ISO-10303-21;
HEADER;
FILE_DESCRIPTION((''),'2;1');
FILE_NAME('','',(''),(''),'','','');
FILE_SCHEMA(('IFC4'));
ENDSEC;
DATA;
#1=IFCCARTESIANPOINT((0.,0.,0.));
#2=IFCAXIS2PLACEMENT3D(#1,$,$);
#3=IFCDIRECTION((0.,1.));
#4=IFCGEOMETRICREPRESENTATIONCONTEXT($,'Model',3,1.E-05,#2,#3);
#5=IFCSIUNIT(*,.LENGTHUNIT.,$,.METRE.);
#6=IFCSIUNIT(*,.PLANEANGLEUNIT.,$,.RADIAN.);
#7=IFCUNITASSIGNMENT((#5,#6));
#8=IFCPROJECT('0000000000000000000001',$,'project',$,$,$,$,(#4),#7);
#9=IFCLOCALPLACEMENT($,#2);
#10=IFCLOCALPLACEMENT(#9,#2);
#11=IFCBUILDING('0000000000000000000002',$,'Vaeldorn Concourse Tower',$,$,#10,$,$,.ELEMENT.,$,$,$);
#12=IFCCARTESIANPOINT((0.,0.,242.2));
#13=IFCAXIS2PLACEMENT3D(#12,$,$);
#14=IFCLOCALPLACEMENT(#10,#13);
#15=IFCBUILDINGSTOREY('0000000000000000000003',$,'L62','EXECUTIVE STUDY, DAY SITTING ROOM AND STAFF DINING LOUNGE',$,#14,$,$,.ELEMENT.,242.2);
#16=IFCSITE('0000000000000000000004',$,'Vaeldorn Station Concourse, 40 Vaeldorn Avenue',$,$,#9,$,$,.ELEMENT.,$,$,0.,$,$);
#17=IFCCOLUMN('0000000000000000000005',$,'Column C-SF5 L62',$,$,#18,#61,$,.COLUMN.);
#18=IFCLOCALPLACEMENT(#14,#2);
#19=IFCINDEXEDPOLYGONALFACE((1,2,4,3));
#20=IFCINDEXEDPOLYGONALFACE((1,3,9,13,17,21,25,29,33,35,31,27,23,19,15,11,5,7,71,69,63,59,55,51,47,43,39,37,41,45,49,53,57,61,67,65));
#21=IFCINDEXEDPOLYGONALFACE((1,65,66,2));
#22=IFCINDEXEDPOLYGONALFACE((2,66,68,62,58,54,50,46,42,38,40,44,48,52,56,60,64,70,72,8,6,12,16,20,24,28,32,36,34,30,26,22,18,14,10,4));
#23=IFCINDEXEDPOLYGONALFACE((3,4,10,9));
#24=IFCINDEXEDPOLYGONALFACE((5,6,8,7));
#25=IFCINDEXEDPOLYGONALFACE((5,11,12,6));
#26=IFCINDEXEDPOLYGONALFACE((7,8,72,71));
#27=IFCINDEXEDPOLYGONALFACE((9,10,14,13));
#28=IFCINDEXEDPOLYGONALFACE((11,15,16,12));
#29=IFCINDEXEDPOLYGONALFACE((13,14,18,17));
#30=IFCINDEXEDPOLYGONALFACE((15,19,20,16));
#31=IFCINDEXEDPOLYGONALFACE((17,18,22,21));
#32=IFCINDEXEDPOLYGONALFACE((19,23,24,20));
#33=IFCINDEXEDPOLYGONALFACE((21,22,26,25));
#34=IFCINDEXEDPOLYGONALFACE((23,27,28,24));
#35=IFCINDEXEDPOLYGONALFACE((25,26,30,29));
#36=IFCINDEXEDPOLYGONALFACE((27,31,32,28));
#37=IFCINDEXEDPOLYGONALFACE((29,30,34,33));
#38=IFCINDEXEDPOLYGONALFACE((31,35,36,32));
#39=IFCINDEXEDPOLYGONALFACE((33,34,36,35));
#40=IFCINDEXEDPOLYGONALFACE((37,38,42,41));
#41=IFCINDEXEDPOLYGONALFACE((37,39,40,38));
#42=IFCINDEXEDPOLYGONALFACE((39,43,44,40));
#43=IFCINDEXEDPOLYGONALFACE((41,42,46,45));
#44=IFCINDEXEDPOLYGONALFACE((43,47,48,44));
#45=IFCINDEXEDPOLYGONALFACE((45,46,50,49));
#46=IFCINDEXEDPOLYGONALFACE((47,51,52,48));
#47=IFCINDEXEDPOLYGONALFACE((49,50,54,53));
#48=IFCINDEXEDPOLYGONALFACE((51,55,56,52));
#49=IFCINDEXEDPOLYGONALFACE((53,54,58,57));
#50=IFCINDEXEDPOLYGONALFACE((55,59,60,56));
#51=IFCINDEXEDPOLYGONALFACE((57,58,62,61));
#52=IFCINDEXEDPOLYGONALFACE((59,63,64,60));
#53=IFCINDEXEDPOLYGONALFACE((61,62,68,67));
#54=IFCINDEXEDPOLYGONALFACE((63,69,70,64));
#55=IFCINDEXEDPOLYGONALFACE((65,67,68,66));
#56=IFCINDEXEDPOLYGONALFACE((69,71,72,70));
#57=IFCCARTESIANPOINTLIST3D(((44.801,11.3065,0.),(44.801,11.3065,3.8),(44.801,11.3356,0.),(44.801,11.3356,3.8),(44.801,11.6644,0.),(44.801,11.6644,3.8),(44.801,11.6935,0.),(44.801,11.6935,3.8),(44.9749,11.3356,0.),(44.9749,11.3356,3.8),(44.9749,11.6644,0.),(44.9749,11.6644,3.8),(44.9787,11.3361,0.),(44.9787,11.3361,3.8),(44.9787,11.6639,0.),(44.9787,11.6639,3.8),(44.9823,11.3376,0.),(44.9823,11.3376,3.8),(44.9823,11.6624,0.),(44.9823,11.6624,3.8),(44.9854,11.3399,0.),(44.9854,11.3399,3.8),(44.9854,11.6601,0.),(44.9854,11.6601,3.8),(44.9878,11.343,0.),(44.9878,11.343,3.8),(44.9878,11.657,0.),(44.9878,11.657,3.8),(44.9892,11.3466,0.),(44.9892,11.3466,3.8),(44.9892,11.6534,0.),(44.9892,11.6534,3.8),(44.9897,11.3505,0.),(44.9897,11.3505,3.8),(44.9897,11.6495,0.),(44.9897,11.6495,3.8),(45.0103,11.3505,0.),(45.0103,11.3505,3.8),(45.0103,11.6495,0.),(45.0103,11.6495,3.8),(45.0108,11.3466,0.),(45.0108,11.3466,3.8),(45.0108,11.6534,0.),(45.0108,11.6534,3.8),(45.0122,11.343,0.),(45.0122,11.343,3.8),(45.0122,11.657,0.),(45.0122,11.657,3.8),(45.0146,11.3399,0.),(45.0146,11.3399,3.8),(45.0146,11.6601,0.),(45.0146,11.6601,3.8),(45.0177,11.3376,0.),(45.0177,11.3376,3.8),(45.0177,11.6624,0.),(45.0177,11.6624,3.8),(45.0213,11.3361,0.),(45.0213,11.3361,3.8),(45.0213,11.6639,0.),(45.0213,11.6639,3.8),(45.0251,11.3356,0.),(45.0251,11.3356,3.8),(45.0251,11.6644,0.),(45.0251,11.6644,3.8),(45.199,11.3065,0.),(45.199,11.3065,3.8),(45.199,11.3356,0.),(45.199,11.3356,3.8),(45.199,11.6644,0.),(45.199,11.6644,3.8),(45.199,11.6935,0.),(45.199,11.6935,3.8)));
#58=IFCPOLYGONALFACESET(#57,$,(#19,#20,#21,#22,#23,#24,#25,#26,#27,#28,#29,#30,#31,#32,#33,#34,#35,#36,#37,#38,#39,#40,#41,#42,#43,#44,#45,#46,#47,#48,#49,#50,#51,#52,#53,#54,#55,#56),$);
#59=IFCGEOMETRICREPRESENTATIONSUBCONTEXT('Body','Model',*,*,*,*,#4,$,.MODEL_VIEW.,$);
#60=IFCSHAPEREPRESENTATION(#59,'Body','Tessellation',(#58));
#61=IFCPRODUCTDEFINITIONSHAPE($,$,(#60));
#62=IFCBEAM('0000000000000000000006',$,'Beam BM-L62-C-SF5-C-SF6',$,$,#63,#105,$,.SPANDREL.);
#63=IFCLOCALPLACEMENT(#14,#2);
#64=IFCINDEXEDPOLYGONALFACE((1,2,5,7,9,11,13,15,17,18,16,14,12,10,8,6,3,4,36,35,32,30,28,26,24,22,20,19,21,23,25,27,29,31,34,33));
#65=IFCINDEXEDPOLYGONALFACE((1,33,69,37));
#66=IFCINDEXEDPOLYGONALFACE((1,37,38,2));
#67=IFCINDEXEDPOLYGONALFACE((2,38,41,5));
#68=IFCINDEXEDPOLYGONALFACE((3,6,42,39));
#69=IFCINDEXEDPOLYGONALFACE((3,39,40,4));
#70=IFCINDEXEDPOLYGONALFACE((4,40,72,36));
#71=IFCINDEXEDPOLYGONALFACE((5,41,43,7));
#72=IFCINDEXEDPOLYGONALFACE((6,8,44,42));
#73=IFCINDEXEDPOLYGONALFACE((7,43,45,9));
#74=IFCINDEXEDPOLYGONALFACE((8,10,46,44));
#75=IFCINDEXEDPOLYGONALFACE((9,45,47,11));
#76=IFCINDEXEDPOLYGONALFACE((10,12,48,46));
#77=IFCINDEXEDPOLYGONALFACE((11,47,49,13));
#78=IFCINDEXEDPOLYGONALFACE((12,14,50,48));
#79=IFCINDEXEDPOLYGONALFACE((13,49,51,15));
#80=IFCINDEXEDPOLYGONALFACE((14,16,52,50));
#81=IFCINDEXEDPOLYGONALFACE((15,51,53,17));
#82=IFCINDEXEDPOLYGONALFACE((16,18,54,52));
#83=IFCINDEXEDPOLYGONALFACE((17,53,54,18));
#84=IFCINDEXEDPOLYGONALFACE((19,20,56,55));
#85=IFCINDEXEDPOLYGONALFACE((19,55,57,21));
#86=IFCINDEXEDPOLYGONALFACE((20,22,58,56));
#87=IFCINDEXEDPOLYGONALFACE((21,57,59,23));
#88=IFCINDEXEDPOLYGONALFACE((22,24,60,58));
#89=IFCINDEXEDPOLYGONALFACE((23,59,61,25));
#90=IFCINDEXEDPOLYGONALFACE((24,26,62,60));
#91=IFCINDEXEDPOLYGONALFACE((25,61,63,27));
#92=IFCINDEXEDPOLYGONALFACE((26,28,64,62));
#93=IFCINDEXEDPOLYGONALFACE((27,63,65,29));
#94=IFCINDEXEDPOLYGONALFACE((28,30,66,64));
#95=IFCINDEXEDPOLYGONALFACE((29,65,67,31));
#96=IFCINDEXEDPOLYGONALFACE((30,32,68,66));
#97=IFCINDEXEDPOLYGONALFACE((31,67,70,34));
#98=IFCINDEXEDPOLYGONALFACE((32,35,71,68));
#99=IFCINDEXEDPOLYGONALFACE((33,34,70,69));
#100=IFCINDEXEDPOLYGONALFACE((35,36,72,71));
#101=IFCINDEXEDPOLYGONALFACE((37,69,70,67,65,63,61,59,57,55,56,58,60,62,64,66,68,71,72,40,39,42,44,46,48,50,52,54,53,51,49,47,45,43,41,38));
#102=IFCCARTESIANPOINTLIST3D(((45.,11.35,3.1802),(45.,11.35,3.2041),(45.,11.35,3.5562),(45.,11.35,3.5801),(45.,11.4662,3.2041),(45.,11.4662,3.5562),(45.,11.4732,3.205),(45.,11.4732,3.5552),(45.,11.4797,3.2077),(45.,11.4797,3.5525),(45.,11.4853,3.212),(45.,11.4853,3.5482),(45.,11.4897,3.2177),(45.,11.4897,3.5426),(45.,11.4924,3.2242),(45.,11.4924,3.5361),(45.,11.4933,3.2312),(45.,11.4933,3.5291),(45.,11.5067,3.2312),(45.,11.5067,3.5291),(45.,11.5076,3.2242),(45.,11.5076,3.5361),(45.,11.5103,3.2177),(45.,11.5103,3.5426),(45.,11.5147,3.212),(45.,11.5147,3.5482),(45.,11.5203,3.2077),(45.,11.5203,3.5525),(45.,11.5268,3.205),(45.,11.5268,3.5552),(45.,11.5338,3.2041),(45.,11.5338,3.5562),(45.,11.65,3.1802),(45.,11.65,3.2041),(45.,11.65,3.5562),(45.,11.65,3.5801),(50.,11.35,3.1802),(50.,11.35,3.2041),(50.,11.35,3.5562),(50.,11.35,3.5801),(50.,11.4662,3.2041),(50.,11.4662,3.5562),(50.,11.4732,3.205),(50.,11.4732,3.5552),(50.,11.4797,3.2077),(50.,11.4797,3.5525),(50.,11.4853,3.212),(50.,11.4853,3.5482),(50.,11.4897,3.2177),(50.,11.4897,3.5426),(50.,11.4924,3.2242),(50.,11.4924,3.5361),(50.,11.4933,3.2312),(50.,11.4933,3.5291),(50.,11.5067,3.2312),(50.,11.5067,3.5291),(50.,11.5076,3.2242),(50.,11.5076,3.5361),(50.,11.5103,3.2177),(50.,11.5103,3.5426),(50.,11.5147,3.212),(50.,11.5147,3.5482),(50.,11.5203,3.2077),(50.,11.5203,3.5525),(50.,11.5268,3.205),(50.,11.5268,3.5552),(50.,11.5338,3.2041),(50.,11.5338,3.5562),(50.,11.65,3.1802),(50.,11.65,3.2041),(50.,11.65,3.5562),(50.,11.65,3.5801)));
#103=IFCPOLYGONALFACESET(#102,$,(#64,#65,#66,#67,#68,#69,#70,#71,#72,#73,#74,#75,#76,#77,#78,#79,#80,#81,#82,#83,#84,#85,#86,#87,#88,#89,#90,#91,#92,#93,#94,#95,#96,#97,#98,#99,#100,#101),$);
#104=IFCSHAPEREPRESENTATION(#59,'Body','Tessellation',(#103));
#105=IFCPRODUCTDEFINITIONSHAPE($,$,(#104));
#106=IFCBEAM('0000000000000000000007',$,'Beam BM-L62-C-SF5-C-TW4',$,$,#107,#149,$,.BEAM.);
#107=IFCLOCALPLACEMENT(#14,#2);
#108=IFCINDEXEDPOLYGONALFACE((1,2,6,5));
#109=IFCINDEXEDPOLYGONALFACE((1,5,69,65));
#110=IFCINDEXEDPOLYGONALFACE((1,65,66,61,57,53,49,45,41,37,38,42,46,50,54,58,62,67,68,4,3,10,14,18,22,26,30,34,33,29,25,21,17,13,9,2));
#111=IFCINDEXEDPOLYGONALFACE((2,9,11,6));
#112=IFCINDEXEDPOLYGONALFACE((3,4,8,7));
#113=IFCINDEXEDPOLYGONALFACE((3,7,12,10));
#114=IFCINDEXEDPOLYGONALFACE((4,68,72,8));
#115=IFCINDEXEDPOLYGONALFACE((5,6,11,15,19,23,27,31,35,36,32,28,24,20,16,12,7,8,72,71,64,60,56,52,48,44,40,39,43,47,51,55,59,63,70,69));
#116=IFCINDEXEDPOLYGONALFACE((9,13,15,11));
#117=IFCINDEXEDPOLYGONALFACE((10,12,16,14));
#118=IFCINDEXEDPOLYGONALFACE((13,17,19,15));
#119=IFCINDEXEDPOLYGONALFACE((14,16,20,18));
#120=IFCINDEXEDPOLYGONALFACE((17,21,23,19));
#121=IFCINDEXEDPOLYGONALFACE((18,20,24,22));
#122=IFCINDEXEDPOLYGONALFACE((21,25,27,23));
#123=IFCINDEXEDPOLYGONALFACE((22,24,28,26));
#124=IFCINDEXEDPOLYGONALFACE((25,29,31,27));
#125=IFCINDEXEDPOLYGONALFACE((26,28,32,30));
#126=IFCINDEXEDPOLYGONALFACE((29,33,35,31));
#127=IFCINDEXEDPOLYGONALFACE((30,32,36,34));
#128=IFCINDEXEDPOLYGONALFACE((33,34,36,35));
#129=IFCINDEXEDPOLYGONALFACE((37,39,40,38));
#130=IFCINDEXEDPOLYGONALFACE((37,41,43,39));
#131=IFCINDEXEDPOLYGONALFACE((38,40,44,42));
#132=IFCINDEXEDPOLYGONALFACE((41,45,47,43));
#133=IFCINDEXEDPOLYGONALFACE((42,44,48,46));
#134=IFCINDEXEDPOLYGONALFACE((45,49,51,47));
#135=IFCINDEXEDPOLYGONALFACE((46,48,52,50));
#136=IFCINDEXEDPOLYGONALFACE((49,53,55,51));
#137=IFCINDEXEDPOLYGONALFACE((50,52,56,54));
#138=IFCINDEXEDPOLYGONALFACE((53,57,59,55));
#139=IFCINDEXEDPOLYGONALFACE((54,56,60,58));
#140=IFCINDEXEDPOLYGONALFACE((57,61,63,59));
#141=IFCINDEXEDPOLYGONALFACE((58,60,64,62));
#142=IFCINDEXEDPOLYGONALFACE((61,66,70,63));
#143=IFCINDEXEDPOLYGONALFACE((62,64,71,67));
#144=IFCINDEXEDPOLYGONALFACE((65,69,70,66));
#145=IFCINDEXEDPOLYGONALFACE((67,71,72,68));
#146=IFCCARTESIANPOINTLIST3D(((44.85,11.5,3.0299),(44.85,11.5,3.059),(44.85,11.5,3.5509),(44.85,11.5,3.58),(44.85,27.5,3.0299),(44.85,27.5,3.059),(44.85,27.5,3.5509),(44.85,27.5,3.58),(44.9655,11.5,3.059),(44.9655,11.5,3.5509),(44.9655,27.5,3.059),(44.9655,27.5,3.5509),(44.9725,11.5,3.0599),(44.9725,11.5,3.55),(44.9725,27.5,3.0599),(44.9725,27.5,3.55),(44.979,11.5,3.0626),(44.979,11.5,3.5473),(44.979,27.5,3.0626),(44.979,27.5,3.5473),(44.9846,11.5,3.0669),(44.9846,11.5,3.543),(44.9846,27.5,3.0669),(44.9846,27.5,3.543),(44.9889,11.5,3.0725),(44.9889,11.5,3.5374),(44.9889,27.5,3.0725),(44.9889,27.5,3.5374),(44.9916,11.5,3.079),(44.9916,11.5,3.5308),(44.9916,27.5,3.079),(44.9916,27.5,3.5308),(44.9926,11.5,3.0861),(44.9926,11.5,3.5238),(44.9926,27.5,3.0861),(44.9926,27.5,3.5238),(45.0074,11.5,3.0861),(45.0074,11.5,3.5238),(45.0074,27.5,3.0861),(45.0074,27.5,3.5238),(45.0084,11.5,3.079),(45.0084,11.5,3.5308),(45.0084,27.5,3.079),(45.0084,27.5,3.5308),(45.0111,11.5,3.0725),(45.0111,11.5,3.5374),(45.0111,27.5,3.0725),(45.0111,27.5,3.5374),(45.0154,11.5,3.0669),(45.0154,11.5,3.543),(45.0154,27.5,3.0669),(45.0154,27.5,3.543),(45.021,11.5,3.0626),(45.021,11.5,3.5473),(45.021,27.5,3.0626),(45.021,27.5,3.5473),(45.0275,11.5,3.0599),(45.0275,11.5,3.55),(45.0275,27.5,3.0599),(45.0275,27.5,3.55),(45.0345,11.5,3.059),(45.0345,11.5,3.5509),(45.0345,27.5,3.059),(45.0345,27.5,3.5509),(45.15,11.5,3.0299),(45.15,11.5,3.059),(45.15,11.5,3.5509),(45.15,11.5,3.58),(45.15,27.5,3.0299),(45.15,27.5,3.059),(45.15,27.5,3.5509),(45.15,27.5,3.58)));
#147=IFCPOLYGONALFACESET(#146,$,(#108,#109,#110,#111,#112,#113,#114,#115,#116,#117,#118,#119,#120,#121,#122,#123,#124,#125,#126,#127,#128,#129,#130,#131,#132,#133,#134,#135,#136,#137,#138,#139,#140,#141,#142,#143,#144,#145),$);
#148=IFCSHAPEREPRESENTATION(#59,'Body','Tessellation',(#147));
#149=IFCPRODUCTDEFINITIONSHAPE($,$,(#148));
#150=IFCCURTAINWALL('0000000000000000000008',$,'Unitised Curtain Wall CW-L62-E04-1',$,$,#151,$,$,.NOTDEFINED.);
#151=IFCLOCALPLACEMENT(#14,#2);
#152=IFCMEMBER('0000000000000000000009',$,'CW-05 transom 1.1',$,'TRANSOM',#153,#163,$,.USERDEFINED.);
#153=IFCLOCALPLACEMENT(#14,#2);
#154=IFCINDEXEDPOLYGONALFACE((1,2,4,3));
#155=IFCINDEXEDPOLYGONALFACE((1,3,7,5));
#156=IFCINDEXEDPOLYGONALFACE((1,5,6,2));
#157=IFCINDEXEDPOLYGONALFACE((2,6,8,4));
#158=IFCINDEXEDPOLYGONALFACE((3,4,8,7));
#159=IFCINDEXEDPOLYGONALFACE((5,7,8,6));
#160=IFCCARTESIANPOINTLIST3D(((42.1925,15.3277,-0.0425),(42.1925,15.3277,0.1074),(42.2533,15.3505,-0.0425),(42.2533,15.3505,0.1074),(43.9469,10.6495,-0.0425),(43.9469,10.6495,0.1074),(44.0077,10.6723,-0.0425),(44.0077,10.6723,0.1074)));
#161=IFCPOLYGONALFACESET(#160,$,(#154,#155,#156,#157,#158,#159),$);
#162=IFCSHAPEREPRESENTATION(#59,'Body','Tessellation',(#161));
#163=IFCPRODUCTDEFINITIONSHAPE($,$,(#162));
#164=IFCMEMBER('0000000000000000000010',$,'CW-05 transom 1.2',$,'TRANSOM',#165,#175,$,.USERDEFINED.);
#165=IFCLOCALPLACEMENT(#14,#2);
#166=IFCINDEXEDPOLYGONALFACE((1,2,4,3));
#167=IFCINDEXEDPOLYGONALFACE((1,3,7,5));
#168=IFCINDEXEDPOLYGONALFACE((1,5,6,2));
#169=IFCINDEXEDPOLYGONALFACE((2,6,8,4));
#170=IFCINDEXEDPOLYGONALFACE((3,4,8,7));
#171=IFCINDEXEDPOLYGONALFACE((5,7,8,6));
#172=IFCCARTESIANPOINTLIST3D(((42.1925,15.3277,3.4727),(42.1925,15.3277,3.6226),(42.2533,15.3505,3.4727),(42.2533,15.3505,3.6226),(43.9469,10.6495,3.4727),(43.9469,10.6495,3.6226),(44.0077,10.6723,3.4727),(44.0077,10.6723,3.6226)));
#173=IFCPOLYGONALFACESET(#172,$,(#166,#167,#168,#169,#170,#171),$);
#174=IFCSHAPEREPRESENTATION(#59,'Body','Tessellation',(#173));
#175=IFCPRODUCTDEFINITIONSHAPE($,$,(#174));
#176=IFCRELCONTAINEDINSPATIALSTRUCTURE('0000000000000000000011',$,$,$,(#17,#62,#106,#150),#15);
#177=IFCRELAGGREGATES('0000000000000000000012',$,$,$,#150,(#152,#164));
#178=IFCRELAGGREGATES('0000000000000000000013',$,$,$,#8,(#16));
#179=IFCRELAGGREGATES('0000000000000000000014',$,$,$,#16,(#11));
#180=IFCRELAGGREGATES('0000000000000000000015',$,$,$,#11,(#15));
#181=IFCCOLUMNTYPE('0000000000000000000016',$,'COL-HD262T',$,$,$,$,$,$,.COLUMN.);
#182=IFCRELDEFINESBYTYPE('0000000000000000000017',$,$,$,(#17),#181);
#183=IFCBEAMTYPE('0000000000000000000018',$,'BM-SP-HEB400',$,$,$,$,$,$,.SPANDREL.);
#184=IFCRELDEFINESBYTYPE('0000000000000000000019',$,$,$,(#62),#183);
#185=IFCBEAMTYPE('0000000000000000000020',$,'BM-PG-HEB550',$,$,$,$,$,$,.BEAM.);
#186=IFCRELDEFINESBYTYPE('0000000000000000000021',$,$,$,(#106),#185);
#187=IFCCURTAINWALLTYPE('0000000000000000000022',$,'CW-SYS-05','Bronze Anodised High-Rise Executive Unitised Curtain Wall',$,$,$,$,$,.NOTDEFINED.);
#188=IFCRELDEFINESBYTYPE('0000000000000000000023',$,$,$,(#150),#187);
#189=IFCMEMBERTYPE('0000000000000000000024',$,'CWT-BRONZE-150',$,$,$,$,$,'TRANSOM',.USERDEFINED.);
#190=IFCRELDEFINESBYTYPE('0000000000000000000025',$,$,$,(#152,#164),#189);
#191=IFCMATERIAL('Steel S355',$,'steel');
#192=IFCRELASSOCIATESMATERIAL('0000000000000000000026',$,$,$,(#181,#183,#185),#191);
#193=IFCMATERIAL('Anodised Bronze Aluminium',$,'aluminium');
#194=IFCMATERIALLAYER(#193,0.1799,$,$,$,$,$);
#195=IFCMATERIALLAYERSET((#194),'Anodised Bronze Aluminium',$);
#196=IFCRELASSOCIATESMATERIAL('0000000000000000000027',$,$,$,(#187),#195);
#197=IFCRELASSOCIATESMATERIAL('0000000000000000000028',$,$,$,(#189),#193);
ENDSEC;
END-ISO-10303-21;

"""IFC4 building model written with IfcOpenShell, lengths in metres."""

from ifc_helpers import new_model, si_unit, direction, frame, origin, origin_2d, place, context, subcontext, project, spatial, rectangle, i_section, extrude, source, transform, mapped, material, layer, layer_set, material_profile, profile_set, type_object, element, aggregate, save


model = new_model("IFC4")

# Units and contexts
model_context = context("Model", 3, precision=1e-05, world=origin(), true_north=direction((0.0, 1.0)))
body_context = subcontext(model_context, "Body", "Model", "MODEL_VIEW")
ifc_project = project(units=[si_unit("LENGTHUNIT", "METRE"), si_unit("PLANEANGLEUNIT", "RADIAN")], contexts=[model_context])

# Site, building, storey
site_placement = place(None, origin())
site = spatial("IfcSite", under=ifc_project, at=site_placement, Name="Vaeldorn Station Concourse, 40 Vaeldorn Avenue", CompositionType="ELEMENT", RefElevation=0.0)
building_placement = place(site_placement, origin())
building = spatial("IfcBuilding", under=site, at=building_placement, Name="Vaeldorn Concourse Tower", CompositionType="ELEMENT")
storey_placement = place(building_placement, frame((0.0, 0.0, 242.2)))
storey = spatial("IfcBuildingStorey", under=building, at=storey_placement, Name="L62", Description="EXECUTIVE STUDY, DAY SITTING ROOM AND STAFF DINING LOUNGE", CompositionType="ELEMENT", Elevation=242.2)

# Column
ifc_material_1 = material(Name="Steel S355", Category="steel")
ifc_material_profile_1 = material_profile(ifc_material_1, i_section(OverallWidth=0.3979, OverallDepth=0.387, WebThickness=0.0205, FlangeThickness=0.0291, FilletRadius=0.0149, at=origin_2d()), Name="HD 400x262")
ifc_profile_set_1 = profile_set([ifc_material_profile_1], Name="Steel S355")
column_type = type_object("IfcColumnType", Name="COL-HD262T", PredefinedType="COLUMN", material=ifc_profile_set_1)
shared_shape_1 = source(origin(), body_context, "Body", "SweptSolid", [
    extrude(i_section(OverallWidth=0.3979, OverallDepth=0.387, WebThickness=0.0205, FlangeThickness=0.0291, FilletRadius=0.0149, at=origin_2d()), origin(), (0.0, 0.0, 1.0), 3.8),
])
column_placement = place(storey_placement, frame((45.0, 11.5, 0.0), z_axis=(0.0, 0.0, 1.0), x_axis=(1.0, 0.0, 0.0)))
element("IfcColumn", 1, at=column_placement, inside=storey, type_object=column_type, Name="Column C-SF5 L62", PredefinedType="COLUMN", context=body_context, shape_type="MappedRepresentation", body=[
    mapped(shared_shape_1, transform((0.0, 0.0, 0.0), scale=1.0)),
])

# Beams
ifc_material_profile_2 = material_profile(ifc_material_1, i_section(OverallWidth=0.3, OverallDepth=0.3999, WebThickness=0.0134, FlangeThickness=0.0239, FilletRadius=0.0271, at=origin_2d()), Name="HEB 400")
ifc_profile_set_2 = profile_set([ifc_material_profile_2], Name="Steel S355")
beam_type_1 = type_object("IfcBeamType", Name="BM-SP-HEB400", PredefinedType="SPANDREL", material=ifc_profile_set_2)
shared_shape_2 = source(origin(), body_context, "Body", "SweptSolid", [
    extrude(i_section(OverallWidth=0.3, OverallDepth=0.3999, WebThickness=0.0134, FlangeThickness=0.0239, FilletRadius=0.0271, at=origin_2d()), origin(), (0.0, 0.0, 1.0), 5.0),
])
beam_1_placement = place(storey_placement, frame((45.0, 11.5, 3.3801), z_axis=(1.0, 0.0, 0.0), x_axis=(0.0, 1.0, 0.0)))
element("IfcBeam", 2, at=beam_1_placement, inside=storey, type_object=beam_type_1, Name="Beam BM-L62-C-SF5-C-SF6", PredefinedType="SPANDREL", context=body_context, shape_type="MappedRepresentation", body=[
    mapped(shared_shape_2, transform((0.0, 0.0, 0.0), scale=1.0)),
])
ifc_material_profile_3 = material_profile(ifc_material_1, i_section(OverallWidth=0.3, OverallDepth=0.55, WebThickness=0.0149, FlangeThickness=0.0291, FilletRadius=0.0271, at=origin_2d()), Name="HEB 550")
ifc_profile_set_3 = profile_set([ifc_material_profile_3], Name="Steel S355")
beam_type_2 = type_object("IfcBeamType", Name="BM-PG-HEB550", PredefinedType="BEAM", material=ifc_profile_set_3)
shared_shape_3 = source(origin(), body_context, "Body", "SweptSolid", [
    extrude(i_section(OverallWidth=0.3, OverallDepth=0.55, WebThickness=0.0149, FlangeThickness=0.0291, FilletRadius=0.0271, at=origin_2d()), origin(), (0.0, 0.0, 1.0), 16.0),
])
beam_2_placement = place(storey_placement, frame((45.0, 11.5, 3.3049), z_axis=(0.0, 1.0, 0.0), x_axis=(-1.0, 0.0, 0.0)))
element("IfcBeam", 3, at=beam_2_placement, inside=storey, type_object=beam_type_2, Name="Beam BM-L62-C-SF5-C-TW4", PredefinedType="BEAM", context=body_context, shape_type="MappedRepresentation", body=[
    mapped(shared_shape_3, transform((0.0, 0.0, 0.0), scale=1.0)),
])

# Curtain wall, members
ifc_material_2 = material(Name="Anodised Bronze Aluminium", Category="aluminium")
ifc_layer_1 = layer(ifc_material_2, 0.1799)
ifc_layer_set_1 = layer_set([ifc_layer_1], Name="Anodised Bronze Aluminium")
curtain_wall_type = type_object("IfcCurtainWallType", Name="CW-SYS-05", Description="Bronze Anodised High-Rise Executive Unitised Curtain Wall", PredefinedType="NOTDEFINED", material=ifc_layer_set_1)
curtain_wall_1_placement = place(storey_placement, origin())
curtain_wall_1 = element("IfcCurtainWall", 4, at=curtain_wall_1_placement, inside=storey, type_object=curtain_wall_type, Name="Unitised Curtain Wall CW-L62-E04-1", PredefinedType="NOTDEFINED")
ifc_material_profile_4 = material_profile(ifc_material_2, rectangle(XDim=0.0649, YDim=0.1499, at=origin_2d()), Name="CWT 65x150")
ifc_profile_set_4 = profile_set([ifc_material_profile_4], Name="Anodised Bronze Aluminium")
member_type_1 = type_object("IfcMemberType", Name="CWT-BRONZE-150", ElementType="TRANSOM", PredefinedType="USERDEFINED", material=ifc_profile_set_4)
shared_shape_4 = source(origin(), body_context, "Body", "SweptSolid", [
    extrude(rectangle(XDim=0.0649, YDim=0.1499, at=origin_2d()), origin(), (0.0, 0.0, 1.0), 4.9963),
])
member_1_placement = place(storey_placement, frame((42.2229, 15.3391, 0.0325), z_axis=(0.351134, -0.936325, 0.0), x_axis=(0.936325, 0.351134, 0.0)))
member_1 = element("IfcMember", 5, at=member_1_placement, type_object=member_type_1, Name="CW-05 transom 1.1", ObjectType="TRANSOM", PredefinedType="USERDEFINED", context=body_context, shape_type="MappedRepresentation", body=[
    mapped(shared_shape_4, transform((0.0, 0.0, 0.0), scale=1.0)),
])
member_2_placement = place(storey_placement, frame((42.2229, 15.3391, 3.5476), z_axis=(0.351134, -0.936325, 0.0), x_axis=(0.936325, 0.351134, 0.0)))
member_2 = element("IfcMember", 6, at=member_2_placement, type_object=member_type_1, Name="CW-05 transom 1.2", ObjectType="TRANSOM", PredefinedType="USERDEFINED", context=body_context, shape_type="MappedRepresentation", body=[
    mapped(shared_shape_4, transform((0.0, 0.0, 0.0), scale=1.0)),
])

aggregate(curtain_wall_1, [member_1, member_2])

save(model, "model.ifc")
